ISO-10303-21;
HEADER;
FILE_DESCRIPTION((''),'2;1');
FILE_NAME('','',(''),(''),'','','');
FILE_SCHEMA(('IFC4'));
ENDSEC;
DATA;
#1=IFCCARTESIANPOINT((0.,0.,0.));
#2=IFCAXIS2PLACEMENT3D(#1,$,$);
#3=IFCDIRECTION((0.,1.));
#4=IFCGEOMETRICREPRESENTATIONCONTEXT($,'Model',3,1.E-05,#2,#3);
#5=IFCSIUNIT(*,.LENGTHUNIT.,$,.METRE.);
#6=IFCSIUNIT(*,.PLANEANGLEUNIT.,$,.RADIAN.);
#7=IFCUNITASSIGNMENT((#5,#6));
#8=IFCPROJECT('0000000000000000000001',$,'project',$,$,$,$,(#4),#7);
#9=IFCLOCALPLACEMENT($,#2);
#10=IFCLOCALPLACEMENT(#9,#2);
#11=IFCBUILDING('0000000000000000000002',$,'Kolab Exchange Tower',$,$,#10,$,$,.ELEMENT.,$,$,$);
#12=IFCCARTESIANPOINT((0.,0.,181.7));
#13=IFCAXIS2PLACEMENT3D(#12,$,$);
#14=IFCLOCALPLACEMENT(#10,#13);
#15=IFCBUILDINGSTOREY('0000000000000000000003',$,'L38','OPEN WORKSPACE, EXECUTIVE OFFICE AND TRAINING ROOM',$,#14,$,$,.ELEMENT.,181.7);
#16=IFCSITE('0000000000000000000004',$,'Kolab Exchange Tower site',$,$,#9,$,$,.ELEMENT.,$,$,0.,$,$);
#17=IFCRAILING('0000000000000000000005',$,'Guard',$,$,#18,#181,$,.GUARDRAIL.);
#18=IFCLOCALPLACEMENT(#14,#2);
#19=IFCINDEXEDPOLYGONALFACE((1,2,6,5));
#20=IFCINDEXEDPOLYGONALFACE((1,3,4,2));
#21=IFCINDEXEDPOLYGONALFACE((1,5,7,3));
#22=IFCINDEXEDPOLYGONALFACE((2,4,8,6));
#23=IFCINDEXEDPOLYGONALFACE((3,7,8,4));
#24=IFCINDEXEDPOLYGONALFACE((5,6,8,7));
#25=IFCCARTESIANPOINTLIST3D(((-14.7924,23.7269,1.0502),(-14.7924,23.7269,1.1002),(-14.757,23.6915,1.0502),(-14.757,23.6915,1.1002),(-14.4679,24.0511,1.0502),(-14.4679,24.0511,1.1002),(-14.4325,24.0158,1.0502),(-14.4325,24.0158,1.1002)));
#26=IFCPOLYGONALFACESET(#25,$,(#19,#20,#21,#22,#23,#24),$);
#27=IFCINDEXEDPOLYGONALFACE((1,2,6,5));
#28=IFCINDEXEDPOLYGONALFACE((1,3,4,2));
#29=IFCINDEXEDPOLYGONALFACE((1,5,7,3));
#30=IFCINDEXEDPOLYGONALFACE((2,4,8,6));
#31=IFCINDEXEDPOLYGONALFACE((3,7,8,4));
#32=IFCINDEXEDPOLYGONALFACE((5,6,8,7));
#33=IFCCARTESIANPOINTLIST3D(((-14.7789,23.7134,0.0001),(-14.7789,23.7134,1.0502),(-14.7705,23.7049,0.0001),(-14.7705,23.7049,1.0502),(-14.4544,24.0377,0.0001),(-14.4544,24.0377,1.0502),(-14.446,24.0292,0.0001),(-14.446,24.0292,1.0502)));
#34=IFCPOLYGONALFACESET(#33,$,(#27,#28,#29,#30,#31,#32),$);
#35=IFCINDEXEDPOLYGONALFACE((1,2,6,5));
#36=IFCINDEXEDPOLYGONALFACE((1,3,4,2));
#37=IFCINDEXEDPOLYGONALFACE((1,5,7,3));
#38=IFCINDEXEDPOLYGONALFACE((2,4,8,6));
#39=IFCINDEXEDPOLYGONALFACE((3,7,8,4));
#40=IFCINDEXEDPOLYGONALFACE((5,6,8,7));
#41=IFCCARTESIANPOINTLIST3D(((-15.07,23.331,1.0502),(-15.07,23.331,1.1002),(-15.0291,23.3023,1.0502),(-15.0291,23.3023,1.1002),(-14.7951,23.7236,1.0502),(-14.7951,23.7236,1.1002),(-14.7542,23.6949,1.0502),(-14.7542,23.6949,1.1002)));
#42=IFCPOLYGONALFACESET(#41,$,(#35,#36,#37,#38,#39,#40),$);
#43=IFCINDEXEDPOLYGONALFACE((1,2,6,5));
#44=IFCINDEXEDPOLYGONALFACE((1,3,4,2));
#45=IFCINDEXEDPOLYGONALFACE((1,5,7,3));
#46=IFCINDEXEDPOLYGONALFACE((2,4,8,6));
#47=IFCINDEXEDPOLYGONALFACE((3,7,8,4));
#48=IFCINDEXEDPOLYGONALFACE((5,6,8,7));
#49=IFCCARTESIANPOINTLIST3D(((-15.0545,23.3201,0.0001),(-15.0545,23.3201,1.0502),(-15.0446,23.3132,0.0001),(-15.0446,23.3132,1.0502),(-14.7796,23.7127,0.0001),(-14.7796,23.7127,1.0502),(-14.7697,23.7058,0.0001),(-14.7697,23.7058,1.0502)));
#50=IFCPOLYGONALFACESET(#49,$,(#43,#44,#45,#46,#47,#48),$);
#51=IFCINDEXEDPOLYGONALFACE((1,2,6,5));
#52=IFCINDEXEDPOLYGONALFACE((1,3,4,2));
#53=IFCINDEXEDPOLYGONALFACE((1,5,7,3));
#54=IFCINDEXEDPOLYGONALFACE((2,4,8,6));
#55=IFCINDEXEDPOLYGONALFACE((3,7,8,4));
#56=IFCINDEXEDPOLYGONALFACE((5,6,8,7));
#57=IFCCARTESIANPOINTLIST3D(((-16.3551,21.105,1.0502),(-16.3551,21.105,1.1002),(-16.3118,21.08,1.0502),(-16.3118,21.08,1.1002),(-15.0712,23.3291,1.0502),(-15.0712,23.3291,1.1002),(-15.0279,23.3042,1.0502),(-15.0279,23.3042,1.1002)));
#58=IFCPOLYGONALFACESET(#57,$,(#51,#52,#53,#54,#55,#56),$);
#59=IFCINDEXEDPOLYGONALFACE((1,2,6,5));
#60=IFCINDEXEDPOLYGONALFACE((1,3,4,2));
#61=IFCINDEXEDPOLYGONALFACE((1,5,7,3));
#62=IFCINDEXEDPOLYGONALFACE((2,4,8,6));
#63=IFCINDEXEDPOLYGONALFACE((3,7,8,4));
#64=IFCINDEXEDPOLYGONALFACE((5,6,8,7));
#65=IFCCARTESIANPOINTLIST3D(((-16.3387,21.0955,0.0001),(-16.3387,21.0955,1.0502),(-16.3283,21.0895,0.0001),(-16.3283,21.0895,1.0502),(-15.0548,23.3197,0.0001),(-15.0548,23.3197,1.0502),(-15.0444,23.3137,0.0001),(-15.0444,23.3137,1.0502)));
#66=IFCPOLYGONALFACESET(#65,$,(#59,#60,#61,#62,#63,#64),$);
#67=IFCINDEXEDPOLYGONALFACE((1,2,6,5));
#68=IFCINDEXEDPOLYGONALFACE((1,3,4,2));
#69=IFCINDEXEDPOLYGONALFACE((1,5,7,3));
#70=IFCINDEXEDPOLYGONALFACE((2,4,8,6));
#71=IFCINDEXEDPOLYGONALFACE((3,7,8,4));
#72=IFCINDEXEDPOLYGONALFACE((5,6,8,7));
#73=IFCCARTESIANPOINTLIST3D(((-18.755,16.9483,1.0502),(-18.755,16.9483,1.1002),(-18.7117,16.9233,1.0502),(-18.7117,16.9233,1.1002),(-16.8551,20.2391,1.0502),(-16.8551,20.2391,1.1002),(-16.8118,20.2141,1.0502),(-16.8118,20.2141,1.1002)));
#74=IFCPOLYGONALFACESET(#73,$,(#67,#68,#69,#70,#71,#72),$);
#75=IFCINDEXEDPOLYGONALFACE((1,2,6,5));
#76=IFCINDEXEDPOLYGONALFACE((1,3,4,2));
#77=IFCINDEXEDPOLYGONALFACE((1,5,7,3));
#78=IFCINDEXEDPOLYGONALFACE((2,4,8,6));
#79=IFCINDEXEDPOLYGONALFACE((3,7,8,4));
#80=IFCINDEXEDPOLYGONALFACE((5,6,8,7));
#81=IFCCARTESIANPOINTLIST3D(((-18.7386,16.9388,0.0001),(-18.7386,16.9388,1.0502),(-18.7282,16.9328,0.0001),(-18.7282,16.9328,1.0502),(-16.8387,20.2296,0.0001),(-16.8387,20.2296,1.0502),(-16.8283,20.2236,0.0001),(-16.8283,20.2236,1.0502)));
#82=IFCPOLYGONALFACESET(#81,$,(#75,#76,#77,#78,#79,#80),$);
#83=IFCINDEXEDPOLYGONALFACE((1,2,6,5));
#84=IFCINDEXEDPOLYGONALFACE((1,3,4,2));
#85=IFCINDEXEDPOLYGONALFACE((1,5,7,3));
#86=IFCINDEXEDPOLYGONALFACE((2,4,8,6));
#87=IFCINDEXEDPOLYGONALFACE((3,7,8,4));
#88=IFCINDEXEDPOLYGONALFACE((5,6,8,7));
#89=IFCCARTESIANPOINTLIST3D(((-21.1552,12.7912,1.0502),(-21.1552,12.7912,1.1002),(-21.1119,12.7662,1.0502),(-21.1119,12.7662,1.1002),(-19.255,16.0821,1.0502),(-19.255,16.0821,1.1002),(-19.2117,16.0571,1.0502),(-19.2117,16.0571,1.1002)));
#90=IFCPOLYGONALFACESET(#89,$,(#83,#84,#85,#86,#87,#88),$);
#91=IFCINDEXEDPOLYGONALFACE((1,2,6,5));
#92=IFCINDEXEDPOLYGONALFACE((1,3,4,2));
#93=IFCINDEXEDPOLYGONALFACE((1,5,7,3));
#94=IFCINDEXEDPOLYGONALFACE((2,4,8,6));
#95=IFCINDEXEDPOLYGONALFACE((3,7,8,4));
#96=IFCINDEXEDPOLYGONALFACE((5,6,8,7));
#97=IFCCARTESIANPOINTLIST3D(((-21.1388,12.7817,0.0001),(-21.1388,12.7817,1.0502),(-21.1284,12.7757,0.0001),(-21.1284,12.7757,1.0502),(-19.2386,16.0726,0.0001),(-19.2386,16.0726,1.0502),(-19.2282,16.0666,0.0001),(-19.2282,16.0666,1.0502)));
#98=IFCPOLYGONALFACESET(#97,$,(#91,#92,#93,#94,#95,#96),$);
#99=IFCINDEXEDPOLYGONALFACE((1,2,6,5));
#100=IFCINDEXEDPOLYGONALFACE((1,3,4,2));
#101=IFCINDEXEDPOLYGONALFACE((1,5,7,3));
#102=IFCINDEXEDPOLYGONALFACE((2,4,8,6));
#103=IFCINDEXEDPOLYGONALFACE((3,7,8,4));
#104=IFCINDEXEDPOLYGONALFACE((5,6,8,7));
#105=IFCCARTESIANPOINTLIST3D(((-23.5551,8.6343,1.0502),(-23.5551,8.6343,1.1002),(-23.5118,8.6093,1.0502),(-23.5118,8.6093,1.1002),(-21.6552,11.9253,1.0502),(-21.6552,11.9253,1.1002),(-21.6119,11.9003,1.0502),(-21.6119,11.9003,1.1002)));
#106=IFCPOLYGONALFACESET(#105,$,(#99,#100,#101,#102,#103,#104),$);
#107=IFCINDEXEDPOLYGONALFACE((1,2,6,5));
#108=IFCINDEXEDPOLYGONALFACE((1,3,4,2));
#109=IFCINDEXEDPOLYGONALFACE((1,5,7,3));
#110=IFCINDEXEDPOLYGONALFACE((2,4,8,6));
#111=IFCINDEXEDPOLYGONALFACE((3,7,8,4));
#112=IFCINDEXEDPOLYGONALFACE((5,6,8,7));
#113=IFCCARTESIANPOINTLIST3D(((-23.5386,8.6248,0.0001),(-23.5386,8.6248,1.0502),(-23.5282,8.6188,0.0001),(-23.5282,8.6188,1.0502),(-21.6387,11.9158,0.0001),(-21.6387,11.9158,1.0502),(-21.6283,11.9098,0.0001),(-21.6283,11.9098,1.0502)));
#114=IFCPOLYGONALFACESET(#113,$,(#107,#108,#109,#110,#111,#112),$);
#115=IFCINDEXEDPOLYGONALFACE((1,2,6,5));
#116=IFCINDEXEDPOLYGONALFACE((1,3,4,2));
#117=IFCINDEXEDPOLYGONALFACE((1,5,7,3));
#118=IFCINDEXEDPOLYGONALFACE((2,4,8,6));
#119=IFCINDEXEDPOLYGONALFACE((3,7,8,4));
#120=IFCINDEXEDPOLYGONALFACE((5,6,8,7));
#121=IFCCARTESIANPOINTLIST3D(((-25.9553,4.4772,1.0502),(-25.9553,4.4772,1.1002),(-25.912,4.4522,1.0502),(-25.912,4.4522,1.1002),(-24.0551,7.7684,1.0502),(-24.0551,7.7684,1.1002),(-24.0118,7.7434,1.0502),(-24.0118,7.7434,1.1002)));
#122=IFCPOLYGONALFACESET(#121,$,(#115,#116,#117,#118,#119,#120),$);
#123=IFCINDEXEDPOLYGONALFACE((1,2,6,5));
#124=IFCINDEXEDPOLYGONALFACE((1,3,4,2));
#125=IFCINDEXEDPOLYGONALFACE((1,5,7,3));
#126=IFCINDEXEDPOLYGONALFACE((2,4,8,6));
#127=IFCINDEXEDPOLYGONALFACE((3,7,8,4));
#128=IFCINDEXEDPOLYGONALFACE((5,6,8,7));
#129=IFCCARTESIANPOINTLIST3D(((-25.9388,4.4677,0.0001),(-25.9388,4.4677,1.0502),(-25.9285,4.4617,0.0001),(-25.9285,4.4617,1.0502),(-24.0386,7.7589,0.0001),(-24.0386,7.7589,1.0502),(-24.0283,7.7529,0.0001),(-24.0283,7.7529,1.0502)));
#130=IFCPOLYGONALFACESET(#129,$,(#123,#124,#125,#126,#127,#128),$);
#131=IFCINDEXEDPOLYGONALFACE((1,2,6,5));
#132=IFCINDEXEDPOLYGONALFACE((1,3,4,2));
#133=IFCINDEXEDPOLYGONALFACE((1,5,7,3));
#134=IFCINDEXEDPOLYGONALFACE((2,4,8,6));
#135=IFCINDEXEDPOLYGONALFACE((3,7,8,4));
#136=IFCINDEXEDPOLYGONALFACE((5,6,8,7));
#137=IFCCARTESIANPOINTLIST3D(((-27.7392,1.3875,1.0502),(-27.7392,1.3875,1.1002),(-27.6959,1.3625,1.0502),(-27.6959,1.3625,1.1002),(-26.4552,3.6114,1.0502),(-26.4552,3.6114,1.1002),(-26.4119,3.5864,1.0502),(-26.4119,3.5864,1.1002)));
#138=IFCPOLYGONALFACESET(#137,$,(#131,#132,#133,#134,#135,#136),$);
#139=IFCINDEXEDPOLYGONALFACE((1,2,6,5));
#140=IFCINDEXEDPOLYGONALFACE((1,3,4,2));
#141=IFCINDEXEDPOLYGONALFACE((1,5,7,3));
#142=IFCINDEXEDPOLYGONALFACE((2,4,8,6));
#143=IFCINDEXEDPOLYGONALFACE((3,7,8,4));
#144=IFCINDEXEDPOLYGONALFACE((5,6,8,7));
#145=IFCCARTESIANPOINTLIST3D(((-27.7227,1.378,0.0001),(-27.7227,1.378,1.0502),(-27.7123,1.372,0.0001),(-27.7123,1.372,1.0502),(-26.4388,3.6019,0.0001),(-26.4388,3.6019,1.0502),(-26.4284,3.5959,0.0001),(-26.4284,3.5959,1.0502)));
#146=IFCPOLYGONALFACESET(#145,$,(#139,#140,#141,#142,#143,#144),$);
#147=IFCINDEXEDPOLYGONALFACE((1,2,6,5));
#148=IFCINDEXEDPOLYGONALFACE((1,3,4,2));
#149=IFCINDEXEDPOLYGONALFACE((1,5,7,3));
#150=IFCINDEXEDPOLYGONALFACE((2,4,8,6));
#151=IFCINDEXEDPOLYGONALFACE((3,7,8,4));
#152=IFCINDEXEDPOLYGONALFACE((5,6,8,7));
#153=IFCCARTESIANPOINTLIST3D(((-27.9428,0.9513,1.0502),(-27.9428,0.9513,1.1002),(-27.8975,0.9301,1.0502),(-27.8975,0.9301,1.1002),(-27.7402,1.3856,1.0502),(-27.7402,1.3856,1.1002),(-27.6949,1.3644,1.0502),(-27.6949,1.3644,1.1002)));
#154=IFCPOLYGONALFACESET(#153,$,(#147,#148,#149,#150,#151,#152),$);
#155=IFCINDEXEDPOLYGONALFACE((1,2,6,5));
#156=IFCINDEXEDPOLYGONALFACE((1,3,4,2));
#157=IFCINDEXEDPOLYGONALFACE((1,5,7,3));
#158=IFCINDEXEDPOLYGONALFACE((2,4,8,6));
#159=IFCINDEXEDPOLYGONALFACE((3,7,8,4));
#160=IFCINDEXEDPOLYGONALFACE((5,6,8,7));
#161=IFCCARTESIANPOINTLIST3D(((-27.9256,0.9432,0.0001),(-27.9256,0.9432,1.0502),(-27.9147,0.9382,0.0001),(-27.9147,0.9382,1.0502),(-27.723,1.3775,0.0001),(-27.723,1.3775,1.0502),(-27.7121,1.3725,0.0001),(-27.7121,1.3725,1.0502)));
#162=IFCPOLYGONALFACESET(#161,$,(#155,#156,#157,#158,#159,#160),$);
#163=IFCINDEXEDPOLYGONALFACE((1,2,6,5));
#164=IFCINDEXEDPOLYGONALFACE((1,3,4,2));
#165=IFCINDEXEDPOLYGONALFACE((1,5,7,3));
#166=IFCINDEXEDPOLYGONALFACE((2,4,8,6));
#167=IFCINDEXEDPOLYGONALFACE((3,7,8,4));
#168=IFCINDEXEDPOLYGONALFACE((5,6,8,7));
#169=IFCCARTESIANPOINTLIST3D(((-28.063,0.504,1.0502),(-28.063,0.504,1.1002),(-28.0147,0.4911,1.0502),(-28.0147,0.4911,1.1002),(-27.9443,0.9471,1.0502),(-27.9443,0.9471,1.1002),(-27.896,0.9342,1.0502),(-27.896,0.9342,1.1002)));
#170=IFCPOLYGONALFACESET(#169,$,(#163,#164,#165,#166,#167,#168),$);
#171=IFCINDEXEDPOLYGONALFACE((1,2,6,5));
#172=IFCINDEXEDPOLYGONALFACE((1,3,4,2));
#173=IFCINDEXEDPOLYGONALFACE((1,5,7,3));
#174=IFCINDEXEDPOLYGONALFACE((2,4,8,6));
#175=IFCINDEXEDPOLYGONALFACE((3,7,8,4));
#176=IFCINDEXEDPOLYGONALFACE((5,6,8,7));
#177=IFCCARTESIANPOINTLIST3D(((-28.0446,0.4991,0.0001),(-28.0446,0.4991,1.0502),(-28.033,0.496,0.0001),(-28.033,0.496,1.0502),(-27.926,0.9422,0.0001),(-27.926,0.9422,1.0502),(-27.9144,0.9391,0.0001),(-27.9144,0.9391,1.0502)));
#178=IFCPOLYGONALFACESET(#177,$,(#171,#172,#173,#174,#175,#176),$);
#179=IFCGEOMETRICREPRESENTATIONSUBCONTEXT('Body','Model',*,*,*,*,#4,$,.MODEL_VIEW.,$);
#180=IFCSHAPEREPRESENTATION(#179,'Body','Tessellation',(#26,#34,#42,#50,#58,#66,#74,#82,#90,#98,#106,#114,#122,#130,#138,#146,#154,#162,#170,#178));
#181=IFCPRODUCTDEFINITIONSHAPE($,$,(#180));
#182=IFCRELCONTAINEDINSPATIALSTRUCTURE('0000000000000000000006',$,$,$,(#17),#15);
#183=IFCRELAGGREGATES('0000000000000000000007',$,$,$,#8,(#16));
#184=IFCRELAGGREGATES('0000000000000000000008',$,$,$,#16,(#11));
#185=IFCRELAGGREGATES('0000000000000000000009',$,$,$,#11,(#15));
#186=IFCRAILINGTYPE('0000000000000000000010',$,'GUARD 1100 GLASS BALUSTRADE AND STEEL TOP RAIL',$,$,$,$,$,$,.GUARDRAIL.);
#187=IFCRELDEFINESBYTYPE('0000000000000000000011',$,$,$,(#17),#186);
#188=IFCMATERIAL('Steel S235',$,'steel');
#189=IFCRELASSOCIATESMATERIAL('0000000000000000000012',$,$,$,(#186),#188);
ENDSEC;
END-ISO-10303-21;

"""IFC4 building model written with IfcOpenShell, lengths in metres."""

from ifc_helpers import new_model, si_unit, direction, frame, frame_2d, origin, origin_2d, place, context, subcontext, project, spatial, rectangle, extrude, material, type_object, element, save


model = new_model("IFC4")

# Units and contexts
model_context = context("Model", 3, precision=1e-05, world=origin(), true_north=direction((0.0, 1.0)))
body_context = subcontext(model_context, "Body", "Model", "MODEL_VIEW")
ifc_project = project(units=[si_unit("LENGTHUNIT", "METRE"), si_unit("PLANEANGLEUNIT", "RADIAN")], contexts=[model_context])

# Site, building, storey
site_placement = place(None, origin())
site = spatial("IfcSite", under=ifc_project, at=site_placement, Name="Kolab Exchange Tower site", CompositionType="ELEMENT", RefElevation=0.0)
building_placement = place(site_placement, origin())
building = spatial("IfcBuilding", under=site, at=building_placement, Name="Kolab Exchange Tower", CompositionType="ELEMENT")
storey_placement = place(building_placement, frame((0.0, 0.0, 181.7)))
storey = spatial("IfcBuildingStorey", under=building, at=storey_placement, Name="L38", Description="OPEN WORKSPACE, EXECUTIVE OFFICE AND TRAINING ROOM", CompositionType="ELEMENT", Elevation=181.7)

# Railing
ifc_material_1 = material(Name="Steel S235", Category="steel")
railing_type = type_object("IfcRailingType", Name="GUARD 1100 GLASS BALUSTRADE AND STEEL TOP RAIL", PredefinedType="GUARDRAIL", material=ifc_material_1)
railing_placement = place(storey_placement, frame((-14.4502, 24.0334, 0.0)))
element("IfcRailing", 1, at=railing_placement, inside=storey, type_object=railing_type, Name="Guard", PredefinedType="GUARDRAIL", context=body_context, shape_type="SweptSolid", body=[
    extrude(rectangle(XDim=0.05, YDim=0.05, at=origin_2d()), frame((0.0, 0.0, 1.0752), z_axis=(-0.707373, -0.706841, 0.0), x_axis=(0.706841, -0.707373, 0.0)), (0.0, 0.0, 1.0), 0.4587),
    extrude(rectangle(XDim=0.012, YDim=1.0501, at=frame_2d((0.0, 0.5251))), frame((0.0, 0.0, 0.0), z_axis=(-0.707373, -0.706841, 0.0), x_axis=(0.706841, -0.707373, 0.0)), (0.0, 0.0, 1.0), 0.4587),
    extrude(rectangle(XDim=0.05, YDim=0.05, at=origin_2d()), frame((-0.3245, -0.3242, 1.0752), z_axis=(-0.573599, -0.819136, 0.0), x_axis=(0.819136, -0.573599, 0.0)), (0.0, 0.0, 1.0), 0.4792),
    extrude(rectangle(XDim=0.012, YDim=1.0501, at=frame_2d((0.0, 0.5251))), frame((-0.3245, -0.3242, 0.0), z_axis=(-0.573599, -0.819136, 0.0), x_axis=(0.819136, -0.573599, 0.0)), (0.0, 0.0, 1.0), 0.4792),
    extrude(rectangle(XDim=0.05, YDim=0.05, at=origin_2d()), frame((-0.5994, -0.7168, 1.0752), z_axis=(-0.499953, -0.866053, 0.0), x_axis=(0.866053, -0.499953, 0.0)), (0.0, 0.0, 1.0), 2.5681),
    extrude(rectangle(XDim=0.012, YDim=1.0501, at=frame_2d((0.0, 0.5251))), frame((-0.5994, -0.7168, 0.0), z_axis=(-0.499953, -0.866053, 0.0), x_axis=(0.866053, -0.499953, 0.0)), (0.0, 0.0, 1.0), 2.5681),
    extrude(rectangle(XDim=0.05, YDim=0.05, at=origin_2d()), frame((-2.3833, -3.8069, 1.0752), z_axis=(-0.499995, -0.866028, 0.0), x_axis=(0.866028, -0.499995, 0.0)), (0.0, 0.0, 1.0), 3.7998),
    extrude(rectangle(XDim=0.012, YDim=1.0501, at=frame_2d((0.0, 0.5251))), frame((-2.3833, -3.8069, 0.0), z_axis=(-0.499995, -0.866028, 0.0), x_axis=(0.866028, -0.499995, 0.0)), (0.0, 0.0, 1.0), 3.7998),
    extrude(rectangle(XDim=0.05, YDim=0.05, at=origin_2d()), frame((-4.7832, -7.9639, 1.0752), z_axis=(-0.500043, -0.866, 0.0), x_axis=(0.866, -0.500043, 0.0)), (0.0, 0.0, 1.0), 3.8),
    extrude(rectangle(XDim=0.012, YDim=1.0501, at=frame_2d((0.0, 0.5251))), frame((-4.7832, -7.9639, 0.0), z_axis=(-0.500043, -0.866, 0.0), x_axis=(0.866, -0.500043, 0.0)), (0.0, 0.0, 1.0), 3.8),
    extrude(rectangle(XDim=0.05, YDim=0.05, at=origin_2d()), frame((-7.1833, -12.1206, 1.0752), z_axis=(-0.499967, -0.866044, 0.0), x_axis=(0.866044, -0.499967, 0.0)), (0.0, 0.0, 1.0), 3.8),
    extrude(rectangle(XDim=0.012, YDim=1.0501, at=frame_2d((0.0, 0.5251))), frame((-7.1833, -12.1206, 0.0), z_axis=(-0.499967, -0.866044, 0.0), x_axis=(0.866044, -0.499967, 0.0)), (0.0, 0.0, 1.0), 3.8),
    extrude(rectangle(XDim=0.05, YDim=0.05, at=origin_2d()), frame((-9.5833, -16.2776, 1.0752), z_axis=(-0.500015, -0.866017, 0.0), x_axis=(0.866017, -0.500015, 0.0)), (0.0, 0.0, 1.0), 3.8003),
    extrude(rectangle(XDim=0.012, YDim=1.0501, at=frame_2d((0.0, 0.5251))), frame((-9.5833, -16.2776, 0.0), z_axis=(-0.500015, -0.866017, 0.0), x_axis=(0.866017, -0.500015, 0.0)), (0.0, 0.0, 1.0), 3.8003),
    extrude(rectangle(XDim=0.05, YDim=0.05, at=origin_2d()), frame((-11.9834, -20.4346, 1.0752), z_axis=(-0.499994, -0.866029, 0.0), x_axis=(0.866029, -0.499994, 0.0)), (0.0, 0.0, 1.0), 2.5679),
    extrude(rectangle(XDim=0.012, YDim=1.0501, at=frame_2d((0.0, 0.5251))), frame((-11.9834, -20.4346, 0.0), z_axis=(-0.499994, -0.866029, 0.0), x_axis=(0.866029, -0.499994, 0.0)), (0.0, 0.0, 1.0), 2.5679),
    extrude(rectangle(XDim=0.05, YDim=0.05, at=origin_2d()), frame((-13.2673, -22.6584, 1.0752), z_axis=(-0.422802, -0.906222, 0.0), x_axis=(0.906222, -0.422802, 0.0)), (0.0, 0.0, 1.0), 0.4792),
    extrude(rectangle(XDim=0.012, YDim=1.0501, at=frame_2d((0.0, 0.5251))), frame((-13.2673, -22.6584, 0.0), z_axis=(-0.422802, -0.906222, 0.0), x_axis=(0.906222, -0.422802, 0.0)), (0.0, 0.0, 1.0), 0.4792),
    extrude(rectangle(XDim=0.05, YDim=0.05, at=origin_2d()), frame((-13.47, -23.0928, 1.0752), z_axis=(-0.258656, -0.965969, 0.0), x_axis=(0.965969, -0.258656, 0.0)), (0.0, 0.0, 1.0), 0.4587),
    extrude(rectangle(XDim=0.012, YDim=1.0501, at=frame_2d((0.0, 0.5251))), frame((-13.47, -23.0928, 0.0), z_axis=(-0.258656, -0.965969, 0.0), x_axis=(0.965969, -0.258656, 0.0)), (0.0, 0.0, 1.0), 0.4587),
])

save(model, "model.ifc")
